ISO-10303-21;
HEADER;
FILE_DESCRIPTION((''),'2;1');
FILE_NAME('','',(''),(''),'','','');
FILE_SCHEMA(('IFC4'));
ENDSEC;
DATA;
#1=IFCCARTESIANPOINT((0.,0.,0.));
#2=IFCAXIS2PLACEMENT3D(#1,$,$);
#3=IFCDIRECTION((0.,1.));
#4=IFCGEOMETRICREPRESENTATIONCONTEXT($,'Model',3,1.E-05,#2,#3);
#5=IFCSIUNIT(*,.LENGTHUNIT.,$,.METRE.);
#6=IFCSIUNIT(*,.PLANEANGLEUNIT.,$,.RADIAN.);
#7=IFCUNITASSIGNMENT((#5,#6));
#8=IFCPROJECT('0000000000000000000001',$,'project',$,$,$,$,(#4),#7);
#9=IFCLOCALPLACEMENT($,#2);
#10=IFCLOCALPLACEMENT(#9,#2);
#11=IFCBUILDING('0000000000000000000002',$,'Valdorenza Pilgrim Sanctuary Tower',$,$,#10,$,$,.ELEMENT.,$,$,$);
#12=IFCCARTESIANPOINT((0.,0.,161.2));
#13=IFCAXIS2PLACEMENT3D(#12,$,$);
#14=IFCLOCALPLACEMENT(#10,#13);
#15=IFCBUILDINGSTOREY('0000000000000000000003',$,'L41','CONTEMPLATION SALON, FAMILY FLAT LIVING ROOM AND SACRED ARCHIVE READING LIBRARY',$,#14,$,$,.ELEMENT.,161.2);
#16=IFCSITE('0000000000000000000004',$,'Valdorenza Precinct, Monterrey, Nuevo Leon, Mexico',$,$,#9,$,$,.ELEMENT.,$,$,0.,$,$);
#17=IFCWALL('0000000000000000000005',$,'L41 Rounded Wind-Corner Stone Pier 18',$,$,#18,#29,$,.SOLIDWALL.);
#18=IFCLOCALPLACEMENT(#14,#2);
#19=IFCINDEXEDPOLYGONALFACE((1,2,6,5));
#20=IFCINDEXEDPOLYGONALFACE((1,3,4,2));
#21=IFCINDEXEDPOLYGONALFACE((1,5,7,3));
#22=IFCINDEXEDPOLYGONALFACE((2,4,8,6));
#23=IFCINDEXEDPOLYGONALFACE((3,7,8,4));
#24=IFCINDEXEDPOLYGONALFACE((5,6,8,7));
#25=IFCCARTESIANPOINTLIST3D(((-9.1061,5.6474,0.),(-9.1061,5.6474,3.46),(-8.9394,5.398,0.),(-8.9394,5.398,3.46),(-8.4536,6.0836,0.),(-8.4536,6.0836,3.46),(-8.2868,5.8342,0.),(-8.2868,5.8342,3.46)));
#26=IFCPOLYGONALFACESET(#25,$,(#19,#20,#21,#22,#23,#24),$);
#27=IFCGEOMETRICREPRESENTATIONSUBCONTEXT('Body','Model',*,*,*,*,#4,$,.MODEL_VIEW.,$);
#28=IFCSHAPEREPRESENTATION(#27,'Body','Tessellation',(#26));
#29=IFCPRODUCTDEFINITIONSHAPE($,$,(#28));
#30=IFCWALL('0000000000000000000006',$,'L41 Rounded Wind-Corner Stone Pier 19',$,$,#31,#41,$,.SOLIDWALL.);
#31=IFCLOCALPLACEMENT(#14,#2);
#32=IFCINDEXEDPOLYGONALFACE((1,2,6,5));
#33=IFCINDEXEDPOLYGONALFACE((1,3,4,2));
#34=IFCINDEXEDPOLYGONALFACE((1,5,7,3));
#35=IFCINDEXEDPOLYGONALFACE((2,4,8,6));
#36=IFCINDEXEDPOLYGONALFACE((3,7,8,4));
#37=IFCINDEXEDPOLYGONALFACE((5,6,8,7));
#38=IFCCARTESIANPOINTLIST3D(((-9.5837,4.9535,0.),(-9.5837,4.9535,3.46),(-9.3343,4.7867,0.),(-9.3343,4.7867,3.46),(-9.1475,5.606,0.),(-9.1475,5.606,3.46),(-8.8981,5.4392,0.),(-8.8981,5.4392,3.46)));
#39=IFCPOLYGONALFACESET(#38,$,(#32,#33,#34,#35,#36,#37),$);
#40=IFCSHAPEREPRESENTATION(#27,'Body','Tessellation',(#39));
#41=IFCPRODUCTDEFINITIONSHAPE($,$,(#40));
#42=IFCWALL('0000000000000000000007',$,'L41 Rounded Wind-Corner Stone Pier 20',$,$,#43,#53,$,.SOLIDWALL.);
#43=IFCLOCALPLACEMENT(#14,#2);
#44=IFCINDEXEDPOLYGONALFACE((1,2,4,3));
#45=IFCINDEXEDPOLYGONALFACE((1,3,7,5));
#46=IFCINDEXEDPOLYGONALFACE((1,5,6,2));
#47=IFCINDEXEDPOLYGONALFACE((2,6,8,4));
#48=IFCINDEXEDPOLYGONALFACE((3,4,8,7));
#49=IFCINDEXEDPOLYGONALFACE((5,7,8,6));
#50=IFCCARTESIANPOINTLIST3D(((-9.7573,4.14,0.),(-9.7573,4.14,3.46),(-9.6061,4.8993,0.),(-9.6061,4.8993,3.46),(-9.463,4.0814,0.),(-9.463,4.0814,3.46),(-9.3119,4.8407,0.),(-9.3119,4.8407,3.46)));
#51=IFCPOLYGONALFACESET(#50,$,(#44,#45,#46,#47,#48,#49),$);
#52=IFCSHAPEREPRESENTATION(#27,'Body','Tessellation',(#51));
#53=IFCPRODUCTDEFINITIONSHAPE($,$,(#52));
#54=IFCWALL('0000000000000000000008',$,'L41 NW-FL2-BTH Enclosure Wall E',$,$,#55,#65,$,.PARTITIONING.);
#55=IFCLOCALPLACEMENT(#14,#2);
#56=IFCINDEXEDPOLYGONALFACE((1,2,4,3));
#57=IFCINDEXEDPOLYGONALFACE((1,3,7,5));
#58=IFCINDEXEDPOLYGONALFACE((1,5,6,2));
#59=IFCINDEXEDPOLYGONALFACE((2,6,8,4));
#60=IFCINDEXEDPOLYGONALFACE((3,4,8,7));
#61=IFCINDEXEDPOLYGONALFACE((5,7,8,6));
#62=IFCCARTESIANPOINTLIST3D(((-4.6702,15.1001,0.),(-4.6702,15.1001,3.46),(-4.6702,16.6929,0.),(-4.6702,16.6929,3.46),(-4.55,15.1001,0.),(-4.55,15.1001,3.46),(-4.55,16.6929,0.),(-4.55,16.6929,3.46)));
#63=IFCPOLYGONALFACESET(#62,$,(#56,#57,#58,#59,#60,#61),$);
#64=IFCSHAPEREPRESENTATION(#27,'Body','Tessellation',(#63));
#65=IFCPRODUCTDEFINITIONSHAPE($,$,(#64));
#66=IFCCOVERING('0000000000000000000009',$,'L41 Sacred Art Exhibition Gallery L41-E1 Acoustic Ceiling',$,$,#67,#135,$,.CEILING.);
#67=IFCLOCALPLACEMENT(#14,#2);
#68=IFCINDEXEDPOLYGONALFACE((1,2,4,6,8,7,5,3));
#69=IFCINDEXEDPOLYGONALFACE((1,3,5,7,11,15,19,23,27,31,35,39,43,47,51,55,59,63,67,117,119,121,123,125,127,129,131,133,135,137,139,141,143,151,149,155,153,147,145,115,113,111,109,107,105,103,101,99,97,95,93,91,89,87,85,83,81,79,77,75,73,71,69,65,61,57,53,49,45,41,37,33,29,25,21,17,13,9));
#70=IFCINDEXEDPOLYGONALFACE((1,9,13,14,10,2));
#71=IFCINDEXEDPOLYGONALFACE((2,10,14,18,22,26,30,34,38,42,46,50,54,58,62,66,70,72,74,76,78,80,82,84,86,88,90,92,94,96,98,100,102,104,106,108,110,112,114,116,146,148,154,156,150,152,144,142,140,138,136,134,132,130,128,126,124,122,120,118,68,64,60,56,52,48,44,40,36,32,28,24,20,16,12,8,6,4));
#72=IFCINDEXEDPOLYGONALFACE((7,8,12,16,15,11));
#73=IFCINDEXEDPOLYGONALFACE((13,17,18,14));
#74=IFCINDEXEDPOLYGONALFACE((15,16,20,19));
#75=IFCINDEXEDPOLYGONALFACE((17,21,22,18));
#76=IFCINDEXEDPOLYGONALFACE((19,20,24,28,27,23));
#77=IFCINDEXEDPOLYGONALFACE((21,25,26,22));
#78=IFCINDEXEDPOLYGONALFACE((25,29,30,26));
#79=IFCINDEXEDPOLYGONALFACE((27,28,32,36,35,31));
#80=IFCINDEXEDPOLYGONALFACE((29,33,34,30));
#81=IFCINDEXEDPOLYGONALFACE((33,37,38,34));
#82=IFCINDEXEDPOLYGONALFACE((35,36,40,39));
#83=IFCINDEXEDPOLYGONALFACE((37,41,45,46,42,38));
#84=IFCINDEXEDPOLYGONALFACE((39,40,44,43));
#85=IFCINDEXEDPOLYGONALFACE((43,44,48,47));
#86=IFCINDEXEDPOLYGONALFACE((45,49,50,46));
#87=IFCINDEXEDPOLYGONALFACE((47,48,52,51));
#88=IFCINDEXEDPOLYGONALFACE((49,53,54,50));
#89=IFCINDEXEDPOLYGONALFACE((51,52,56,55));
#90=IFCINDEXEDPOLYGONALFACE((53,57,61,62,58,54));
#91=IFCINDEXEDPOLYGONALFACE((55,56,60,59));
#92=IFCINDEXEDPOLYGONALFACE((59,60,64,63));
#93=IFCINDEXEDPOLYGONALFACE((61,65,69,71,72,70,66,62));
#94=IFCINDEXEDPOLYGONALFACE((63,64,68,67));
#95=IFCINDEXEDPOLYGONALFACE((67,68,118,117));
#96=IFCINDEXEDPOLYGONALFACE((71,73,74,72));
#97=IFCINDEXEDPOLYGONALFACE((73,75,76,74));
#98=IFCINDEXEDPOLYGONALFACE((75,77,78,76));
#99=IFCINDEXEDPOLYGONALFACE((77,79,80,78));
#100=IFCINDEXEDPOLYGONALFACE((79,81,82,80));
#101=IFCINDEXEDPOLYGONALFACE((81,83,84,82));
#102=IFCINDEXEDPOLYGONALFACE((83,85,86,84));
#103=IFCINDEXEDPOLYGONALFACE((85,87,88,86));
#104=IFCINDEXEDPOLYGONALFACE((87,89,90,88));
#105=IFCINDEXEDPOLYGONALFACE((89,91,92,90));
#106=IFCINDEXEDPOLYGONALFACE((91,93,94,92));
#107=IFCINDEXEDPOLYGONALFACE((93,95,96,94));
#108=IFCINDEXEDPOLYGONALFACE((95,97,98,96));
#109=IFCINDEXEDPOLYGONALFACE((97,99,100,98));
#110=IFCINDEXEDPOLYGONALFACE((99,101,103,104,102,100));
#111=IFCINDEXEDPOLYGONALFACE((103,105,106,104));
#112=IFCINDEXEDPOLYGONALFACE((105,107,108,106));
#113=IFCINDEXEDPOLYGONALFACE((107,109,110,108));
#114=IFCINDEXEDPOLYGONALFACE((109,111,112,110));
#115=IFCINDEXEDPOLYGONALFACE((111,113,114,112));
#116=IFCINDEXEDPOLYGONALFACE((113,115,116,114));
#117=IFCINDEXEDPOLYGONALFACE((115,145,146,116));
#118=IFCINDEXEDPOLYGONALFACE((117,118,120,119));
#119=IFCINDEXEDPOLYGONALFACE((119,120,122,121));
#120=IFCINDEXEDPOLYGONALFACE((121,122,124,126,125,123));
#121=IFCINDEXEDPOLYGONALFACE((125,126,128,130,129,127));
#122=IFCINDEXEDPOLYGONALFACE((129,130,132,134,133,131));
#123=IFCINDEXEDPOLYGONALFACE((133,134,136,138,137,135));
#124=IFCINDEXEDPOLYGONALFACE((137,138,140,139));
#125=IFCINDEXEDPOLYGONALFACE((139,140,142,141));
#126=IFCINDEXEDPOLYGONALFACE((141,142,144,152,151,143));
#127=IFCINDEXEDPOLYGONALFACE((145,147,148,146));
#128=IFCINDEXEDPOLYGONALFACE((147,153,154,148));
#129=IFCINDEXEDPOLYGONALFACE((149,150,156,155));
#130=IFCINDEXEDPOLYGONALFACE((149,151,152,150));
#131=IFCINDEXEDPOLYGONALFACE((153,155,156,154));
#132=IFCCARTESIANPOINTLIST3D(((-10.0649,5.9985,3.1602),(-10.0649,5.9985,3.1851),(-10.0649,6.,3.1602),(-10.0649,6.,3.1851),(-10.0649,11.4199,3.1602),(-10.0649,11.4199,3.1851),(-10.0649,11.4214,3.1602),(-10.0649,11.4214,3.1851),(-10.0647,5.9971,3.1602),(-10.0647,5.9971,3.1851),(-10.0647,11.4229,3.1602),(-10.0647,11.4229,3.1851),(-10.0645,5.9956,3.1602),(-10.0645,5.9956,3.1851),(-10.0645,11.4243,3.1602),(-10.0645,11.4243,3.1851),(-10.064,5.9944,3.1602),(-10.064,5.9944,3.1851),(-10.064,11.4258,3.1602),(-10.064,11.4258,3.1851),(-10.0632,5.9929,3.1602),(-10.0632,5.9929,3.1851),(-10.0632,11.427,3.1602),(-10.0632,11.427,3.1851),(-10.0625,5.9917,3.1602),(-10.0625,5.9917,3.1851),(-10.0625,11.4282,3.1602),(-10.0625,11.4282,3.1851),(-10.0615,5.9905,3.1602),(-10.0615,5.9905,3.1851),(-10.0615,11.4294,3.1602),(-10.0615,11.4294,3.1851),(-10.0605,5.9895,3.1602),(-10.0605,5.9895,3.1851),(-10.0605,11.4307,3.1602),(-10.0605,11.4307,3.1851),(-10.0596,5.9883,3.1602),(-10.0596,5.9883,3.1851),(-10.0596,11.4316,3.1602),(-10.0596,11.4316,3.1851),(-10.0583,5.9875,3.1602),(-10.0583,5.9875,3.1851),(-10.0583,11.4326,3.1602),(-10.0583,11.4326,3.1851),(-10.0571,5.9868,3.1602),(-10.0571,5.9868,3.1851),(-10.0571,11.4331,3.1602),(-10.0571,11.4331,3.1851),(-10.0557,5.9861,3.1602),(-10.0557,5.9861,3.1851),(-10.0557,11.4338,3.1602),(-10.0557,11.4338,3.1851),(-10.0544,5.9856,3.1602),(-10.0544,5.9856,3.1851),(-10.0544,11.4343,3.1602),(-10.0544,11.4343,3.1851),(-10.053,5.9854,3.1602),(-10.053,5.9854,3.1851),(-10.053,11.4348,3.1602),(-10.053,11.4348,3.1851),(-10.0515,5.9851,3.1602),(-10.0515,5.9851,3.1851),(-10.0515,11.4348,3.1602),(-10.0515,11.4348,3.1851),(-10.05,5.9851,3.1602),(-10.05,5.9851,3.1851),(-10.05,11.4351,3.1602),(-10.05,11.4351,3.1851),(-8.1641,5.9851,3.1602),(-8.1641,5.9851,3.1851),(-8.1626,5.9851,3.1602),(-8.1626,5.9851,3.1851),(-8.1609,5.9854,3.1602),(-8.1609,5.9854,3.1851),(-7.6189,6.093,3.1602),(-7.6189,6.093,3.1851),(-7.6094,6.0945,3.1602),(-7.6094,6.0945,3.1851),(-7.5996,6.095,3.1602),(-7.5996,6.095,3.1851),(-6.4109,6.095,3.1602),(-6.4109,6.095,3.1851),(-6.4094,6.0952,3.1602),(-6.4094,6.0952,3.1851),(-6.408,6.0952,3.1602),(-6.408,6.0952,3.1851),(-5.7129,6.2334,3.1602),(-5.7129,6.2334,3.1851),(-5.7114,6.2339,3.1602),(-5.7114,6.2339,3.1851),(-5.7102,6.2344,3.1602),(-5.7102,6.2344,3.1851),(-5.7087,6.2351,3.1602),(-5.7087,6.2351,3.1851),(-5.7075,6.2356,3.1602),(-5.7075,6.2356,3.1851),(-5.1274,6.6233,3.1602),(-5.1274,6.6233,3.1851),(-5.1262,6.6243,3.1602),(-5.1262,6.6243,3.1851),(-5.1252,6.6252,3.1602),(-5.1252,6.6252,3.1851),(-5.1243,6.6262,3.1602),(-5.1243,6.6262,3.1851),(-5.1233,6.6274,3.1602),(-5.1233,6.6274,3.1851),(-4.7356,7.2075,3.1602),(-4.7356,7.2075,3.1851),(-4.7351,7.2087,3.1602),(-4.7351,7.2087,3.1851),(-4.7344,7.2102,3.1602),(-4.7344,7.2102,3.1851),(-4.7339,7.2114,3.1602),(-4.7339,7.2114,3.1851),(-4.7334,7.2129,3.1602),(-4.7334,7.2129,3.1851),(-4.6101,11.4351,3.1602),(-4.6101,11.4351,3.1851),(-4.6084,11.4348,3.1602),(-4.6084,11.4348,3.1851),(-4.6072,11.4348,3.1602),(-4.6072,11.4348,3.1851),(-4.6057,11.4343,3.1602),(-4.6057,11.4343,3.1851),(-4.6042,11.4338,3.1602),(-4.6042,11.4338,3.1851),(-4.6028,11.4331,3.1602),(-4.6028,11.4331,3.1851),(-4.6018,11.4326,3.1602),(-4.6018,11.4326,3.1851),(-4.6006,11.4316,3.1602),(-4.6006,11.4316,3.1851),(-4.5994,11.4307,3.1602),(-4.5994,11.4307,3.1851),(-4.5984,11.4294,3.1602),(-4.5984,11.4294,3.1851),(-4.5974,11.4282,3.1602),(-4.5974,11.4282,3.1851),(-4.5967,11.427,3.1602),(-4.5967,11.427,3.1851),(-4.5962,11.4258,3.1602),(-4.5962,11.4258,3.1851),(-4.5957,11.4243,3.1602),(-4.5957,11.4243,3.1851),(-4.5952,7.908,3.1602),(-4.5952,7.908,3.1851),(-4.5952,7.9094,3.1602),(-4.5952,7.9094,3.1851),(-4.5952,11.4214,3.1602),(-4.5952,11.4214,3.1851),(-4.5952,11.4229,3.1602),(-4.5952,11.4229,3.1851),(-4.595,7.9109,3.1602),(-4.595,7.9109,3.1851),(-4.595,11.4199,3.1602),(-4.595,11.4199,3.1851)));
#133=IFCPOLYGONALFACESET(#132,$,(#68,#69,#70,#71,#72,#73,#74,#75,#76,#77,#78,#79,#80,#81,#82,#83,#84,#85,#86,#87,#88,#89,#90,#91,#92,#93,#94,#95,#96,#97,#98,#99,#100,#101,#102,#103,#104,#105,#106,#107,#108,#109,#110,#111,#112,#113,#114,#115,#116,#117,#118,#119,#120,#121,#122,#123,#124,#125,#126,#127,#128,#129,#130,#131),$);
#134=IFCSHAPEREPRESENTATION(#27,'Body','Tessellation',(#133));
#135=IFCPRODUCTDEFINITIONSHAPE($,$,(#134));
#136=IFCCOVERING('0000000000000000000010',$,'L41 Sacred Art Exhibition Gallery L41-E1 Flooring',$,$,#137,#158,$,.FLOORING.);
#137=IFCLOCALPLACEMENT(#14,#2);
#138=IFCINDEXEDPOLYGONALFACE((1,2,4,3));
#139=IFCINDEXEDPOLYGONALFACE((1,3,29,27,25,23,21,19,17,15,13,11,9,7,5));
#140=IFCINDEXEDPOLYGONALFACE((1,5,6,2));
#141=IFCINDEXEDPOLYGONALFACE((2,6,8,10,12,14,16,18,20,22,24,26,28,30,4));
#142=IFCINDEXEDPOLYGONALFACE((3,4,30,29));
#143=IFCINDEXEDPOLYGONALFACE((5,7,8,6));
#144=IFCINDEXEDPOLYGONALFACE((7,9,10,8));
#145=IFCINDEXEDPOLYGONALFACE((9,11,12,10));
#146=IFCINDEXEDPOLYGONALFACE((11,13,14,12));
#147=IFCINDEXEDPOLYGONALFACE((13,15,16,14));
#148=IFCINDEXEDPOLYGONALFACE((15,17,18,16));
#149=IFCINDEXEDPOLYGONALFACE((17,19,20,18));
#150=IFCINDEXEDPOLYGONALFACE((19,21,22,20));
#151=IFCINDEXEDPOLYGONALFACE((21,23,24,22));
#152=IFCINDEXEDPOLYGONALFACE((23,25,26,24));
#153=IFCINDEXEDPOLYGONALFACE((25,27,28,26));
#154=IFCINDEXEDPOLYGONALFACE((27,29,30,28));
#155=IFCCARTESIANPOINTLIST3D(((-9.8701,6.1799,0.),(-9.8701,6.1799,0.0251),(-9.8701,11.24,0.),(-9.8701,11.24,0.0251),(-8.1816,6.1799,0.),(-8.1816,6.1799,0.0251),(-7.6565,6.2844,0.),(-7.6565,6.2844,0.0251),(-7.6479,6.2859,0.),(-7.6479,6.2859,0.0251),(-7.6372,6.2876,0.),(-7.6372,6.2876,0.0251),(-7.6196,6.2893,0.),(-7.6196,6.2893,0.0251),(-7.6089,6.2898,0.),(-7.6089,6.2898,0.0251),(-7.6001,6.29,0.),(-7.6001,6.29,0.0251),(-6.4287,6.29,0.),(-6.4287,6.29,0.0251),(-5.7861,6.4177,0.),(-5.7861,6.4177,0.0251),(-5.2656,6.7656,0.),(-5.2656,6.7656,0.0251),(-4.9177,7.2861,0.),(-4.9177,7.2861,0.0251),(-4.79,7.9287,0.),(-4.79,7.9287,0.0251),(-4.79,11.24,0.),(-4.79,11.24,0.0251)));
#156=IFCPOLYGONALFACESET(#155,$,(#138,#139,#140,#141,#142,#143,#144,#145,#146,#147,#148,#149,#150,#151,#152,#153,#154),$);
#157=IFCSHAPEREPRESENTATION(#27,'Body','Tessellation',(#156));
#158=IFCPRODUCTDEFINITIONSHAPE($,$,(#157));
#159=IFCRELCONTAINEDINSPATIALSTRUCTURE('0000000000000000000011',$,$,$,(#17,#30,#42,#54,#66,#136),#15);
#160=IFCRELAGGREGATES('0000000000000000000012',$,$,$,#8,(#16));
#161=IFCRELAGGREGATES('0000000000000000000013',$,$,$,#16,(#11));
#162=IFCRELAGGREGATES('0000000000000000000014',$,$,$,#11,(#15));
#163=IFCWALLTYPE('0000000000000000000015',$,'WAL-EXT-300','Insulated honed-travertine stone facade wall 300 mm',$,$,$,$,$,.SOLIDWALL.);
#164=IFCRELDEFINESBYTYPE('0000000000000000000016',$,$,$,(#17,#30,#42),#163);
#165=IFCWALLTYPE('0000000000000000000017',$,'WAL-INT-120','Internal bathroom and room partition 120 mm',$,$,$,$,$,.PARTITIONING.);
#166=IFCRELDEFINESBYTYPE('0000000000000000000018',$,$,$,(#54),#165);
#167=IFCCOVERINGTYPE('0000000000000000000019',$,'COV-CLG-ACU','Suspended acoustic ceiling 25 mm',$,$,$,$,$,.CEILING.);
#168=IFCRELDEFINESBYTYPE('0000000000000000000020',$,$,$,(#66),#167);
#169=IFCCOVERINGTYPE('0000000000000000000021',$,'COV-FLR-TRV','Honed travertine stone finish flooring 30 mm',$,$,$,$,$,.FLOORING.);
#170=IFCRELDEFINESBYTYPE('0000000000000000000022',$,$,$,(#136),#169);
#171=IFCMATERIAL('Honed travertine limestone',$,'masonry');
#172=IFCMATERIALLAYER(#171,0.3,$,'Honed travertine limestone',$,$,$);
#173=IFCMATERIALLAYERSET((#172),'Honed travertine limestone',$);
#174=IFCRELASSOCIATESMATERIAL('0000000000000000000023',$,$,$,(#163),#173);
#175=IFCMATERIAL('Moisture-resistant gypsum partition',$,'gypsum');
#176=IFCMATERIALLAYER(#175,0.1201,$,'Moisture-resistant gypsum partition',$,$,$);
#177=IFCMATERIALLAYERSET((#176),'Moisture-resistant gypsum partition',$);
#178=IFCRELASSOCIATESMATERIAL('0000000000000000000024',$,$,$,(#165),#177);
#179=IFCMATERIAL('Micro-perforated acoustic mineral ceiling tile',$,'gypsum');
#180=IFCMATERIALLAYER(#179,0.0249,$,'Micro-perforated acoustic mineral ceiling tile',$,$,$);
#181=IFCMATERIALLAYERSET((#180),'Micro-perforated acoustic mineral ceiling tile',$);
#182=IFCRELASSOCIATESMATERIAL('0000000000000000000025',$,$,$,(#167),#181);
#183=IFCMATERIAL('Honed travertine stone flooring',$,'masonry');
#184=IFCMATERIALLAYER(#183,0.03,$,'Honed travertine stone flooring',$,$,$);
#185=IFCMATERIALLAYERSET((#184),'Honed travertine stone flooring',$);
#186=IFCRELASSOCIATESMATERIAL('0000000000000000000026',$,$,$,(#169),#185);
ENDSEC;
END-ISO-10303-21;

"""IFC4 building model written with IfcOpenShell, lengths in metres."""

from ifc_helpers import new_model, si_unit, direction, frame, frame_2d, origin, place, context, subcontext, project, spatial, polyline, rectangle, outline, extrude, material, layer, layer_set, type_object, element, save


model = new_model("IFC4")

# Units and contexts
model_context = context("Model", 3, precision=1e-05, world=origin(), true_north=direction((0.0, 1.0)))
body_context = subcontext(model_context, "Body", "Model", "MODEL_VIEW")
ifc_project = project(units=[si_unit("LENGTHUNIT", "METRE"), si_unit("PLANEANGLEUNIT", "RADIAN")], contexts=[model_context])

# Site, building, storey
site_placement = place(None, origin())
site = spatial("IfcSite", under=ifc_project, at=site_placement, Name="Valdorenza Precinct, Monterrey, Nuevo Leon, Mexico", CompositionType="ELEMENT", RefElevation=0.0)
building_placement = place(site_placement, origin())
building = spatial("IfcBuilding", under=site, at=building_placement, Name="Valdorenza Pilgrim Sanctuary Tower", CompositionType="ELEMENT")
storey_placement = place(building_placement, frame((0.0, 0.0, 161.2)))
storey = spatial("IfcBuildingStorey", under=building, at=storey_placement, Name="L41", Description="CONTEMPLATION SALON, FAMILY FLAT LIVING ROOM AND SACRED ARCHIVE READING LIBRARY", CompositionType="ELEMENT", Elevation=161.2)

# Shared definitions
ifc_material_1 = material(Name="Honed travertine limestone", Category="masonry")

# Walls
ifc_layer_1 = layer(ifc_material_1, 0.3, Name="Honed travertine limestone")
ifc_layer_set_1 = layer_set([ifc_layer_1], Name="Honed travertine limestone")
wall_type_1 = type_object("IfcWallType", Name="WAL-EXT-300", Description="Insulated honed-travertine stone facade wall 300 mm", PredefinedType="SOLIDWALL", material=ifc_layer_set_1)
for number, where, z_axis, x_axis, name in (
    (1, (-8.3701, 5.959, 0.0), (0.0, 0.0, 1.0), (-0.831332, -0.555776, 0.0), "L41 Rounded Wind-Corner Stone Pier 18"),
    (2, (-9.0227, 5.5227, 0.0), (0.0, 0.0, 1.0), (-0.555776, -0.831332, 0.0), "L41 Rounded Wind-Corner Stone Pier 19"),
):
    element("IfcWall", number, at=place(storey_placement, frame(where, z_axis=z_axis, x_axis=x_axis)), inside=storey, type_object=wall_type_1, Name=name, PredefinedType="SOLIDWALL", context=body_context, shape_type="SweptSolid", body=[
        extrude(rectangle(XDim=0.7849, YDim=0.3, at=frame_2d((0.3926, 0.0))), origin(), (0.0, 0.0, 1.0), 3.46),
    ])
wall_1_placement = place(storey_placement, frame((-9.459, 4.8701, 0.0), z_axis=(0.0, 0.0, 1.0), x_axis=(-0.195206, -0.980762, 0.0)))
element("IfcWall", 3, at=wall_1_placement, inside=storey, type_object=wall_type_1, Name="L41 Rounded Wind-Corner Stone Pier 20", PredefinedType="SOLIDWALL", context=body_context, shape_type="SweptSolid", body=[
    extrude(rectangle(XDim=0.7742, YDim=0.3, at=frame_2d((0.3872, 0.0))), origin(), (0.0, 0.0, 1.0), 3.46),
])
ifc_material_2 = material(Name="Moisture-resistant gypsum partition", Category="gypsum")
ifc_layer_2 = layer(ifc_material_2, 0.1201, Name="Moisture-resistant gypsum partition")
ifc_layer_set_2 = layer_set([ifc_layer_2], Name="Moisture-resistant gypsum partition")
wall_type_2 = type_object("IfcWallType", Name="WAL-INT-120", Description="Internal bathroom and room partition 120 mm", PredefinedType="PARTITIONING", material=ifc_layer_set_2)
wall_2_placement = place(storey_placement, frame((-4.6101, 15.1001, 0.0), z_axis=(0.0, 0.0, 1.0), x_axis=(0.0, 1.0, 0.0)))
element("IfcWall", 4, at=wall_2_placement, inside=storey, type_object=wall_type_2, Name="L41 NW-FL2-BTH Enclosure Wall E", PredefinedType="PARTITIONING", context=body_context, shape_type="SweptSolid", body=[
    extrude(rectangle(XDim=1.5928, YDim=0.1201, at=frame_2d((0.7964, 0.0))), origin(), (0.0, 0.0, 1.0), 3.46),
])

# Coverings
ifc_material_3 = material(Name="Micro-perforated acoustic mineral ceiling tile", Category="gypsum")
ifc_layer_3 = layer(ifc_material_3, 0.0249, Name="Micro-perforated acoustic mineral ceiling tile")
ifc_layer_set_3 = layer_set([ifc_layer_3], Name="Micro-perforated acoustic mineral ceiling tile")
covering_type_1 = type_object("IfcCoveringType", Name="COV-CLG-ACU", Description="Suspended acoustic ceiling 25 mm", PredefinedType="CEILING", material=ifc_layer_set_3)
covering_1_placement = place(storey_placement, frame((0.0, 0.0, 3.1602)))
element("IfcCovering", 5, at=covering_1_placement, inside=storey, type_object=covering_type_1, Name="L41 Sacred Art Exhibition Gallery L41-E1 Acoustic Ceiling", PredefinedType="CEILING", context=body_context, shape_type="SweptSolid", body=[
    extrude(outline(polyline([(-10.0649, 11.4199), (-10.0649, 11.4214), (-10.0647, 11.4229), (-10.0645, 11.4243), (-10.064, 11.4258), (-10.0632, 11.427), (-10.0625, 11.4282), (-10.0615, 11.4294), (-10.0605, 11.4307), (-10.0596, 11.4316), (-10.0583, 11.4326), (-10.0571, 11.4331), (-10.0557, 11.4338), (-10.0544, 11.4343), (-10.053, 11.4348), (-10.0515, 11.4348), (-10.05, 11.4351), (-4.6101, 11.4351), (-4.6084, 11.4348), (-4.6072, 11.4348), (-4.6057, 11.4343), (-4.6042, 11.4338), (-4.6028, 11.4331), (-4.6018, 11.4326), (-4.6006, 11.4316), (-4.5994, 11.4307), (-4.5984, 11.4294), (-4.5974, 11.4282), (-4.5967, 11.427), (-4.5962, 11.4258), (-4.5957, 11.4243), (-4.5952, 11.4229), (-4.5952, 11.4214), (-4.595, 11.4199), (-4.595, 7.9109), (-4.5952, 7.9094), (-4.5952, 7.908), (-4.7334, 7.2129), (-4.7339, 7.2114), (-4.7344, 7.2102), (-4.7351, 7.2087), (-4.7356, 7.2075), (-5.1233, 6.6274), (-5.1243, 6.6262), (-5.1252, 6.6252), (-5.1262, 6.6243), (-5.1274, 6.6233), (-5.7075, 6.2356), (-5.7087, 6.2351), (-5.7102, 6.2344), (-5.7114, 6.2339), (-5.7129, 6.2334), (-6.408, 6.0952), (-6.4094, 6.0952), (-6.4109, 6.095), (-7.5996, 6.095), (-7.6094, 6.0945), (-7.6189, 6.093), (-8.1609, 5.9854), (-8.1626, 5.9851), (-8.1641, 5.9851), (-10.05, 5.9851), (-10.0515, 5.9851), (-10.053, 5.9854), (-10.0544, 5.9856), (-10.0557, 5.9861), (-10.0571, 5.9868), (-10.0583, 5.9875), (-10.0596, 5.9883), (-10.0605, 5.9895), (-10.0615, 5.9905), (-10.0625, 5.9917), (-10.0632, 5.9929), (-10.064, 5.9944), (-10.0645, 5.9956), (-10.0647, 5.9971), (-10.0649, 5.9985), (-10.0649, 6.0), (-10.0649, 11.4199)])), origin(), (0.0, 0.0, 1.0), 0.0249),
])
ifc_material_4 = material(Name="Honed travertine stone flooring", Category="masonry")
ifc_layer_4 = layer(ifc_material_4, 0.03, Name="Honed travertine stone flooring")
ifc_layer_set_4 = layer_set([ifc_layer_4], Name="Honed travertine stone flooring")
covering_type_2 = type_object("IfcCoveringType", Name="COV-FLR-TRV", Description="Honed travertine stone finish flooring 30 mm", PredefinedType="FLOORING", material=ifc_layer_set_4)
covering_2_placement = place(storey_placement, origin())
element("IfcCovering", 6, at=covering_2_placement, inside=storey, type_object=covering_type_2, Name="L41 Sacred Art Exhibition Gallery L41-E1 Flooring", PredefinedType="FLOORING", context=body_context, shape_type="SweptSolid", body=[
    extrude(outline(polyline([(-9.8701, 11.24), (-4.79, 11.24), (-4.79, 7.9287), (-4.9177, 7.2861), (-5.2656, 6.7656), (-5.7861, 6.4177), (-6.4287, 6.29), (-7.6001, 6.29), (-7.6089, 6.2898), (-7.6196, 6.2893), (-7.6372, 6.2876), (-7.6479, 6.2859), (-7.6565, 6.2844), (-8.1816, 6.1799), (-9.8701, 6.1799), (-9.8701, 11.24)])), origin(), (0.0, 0.0, 1.0), 0.0251),
])

save(model, "model.ifc")
